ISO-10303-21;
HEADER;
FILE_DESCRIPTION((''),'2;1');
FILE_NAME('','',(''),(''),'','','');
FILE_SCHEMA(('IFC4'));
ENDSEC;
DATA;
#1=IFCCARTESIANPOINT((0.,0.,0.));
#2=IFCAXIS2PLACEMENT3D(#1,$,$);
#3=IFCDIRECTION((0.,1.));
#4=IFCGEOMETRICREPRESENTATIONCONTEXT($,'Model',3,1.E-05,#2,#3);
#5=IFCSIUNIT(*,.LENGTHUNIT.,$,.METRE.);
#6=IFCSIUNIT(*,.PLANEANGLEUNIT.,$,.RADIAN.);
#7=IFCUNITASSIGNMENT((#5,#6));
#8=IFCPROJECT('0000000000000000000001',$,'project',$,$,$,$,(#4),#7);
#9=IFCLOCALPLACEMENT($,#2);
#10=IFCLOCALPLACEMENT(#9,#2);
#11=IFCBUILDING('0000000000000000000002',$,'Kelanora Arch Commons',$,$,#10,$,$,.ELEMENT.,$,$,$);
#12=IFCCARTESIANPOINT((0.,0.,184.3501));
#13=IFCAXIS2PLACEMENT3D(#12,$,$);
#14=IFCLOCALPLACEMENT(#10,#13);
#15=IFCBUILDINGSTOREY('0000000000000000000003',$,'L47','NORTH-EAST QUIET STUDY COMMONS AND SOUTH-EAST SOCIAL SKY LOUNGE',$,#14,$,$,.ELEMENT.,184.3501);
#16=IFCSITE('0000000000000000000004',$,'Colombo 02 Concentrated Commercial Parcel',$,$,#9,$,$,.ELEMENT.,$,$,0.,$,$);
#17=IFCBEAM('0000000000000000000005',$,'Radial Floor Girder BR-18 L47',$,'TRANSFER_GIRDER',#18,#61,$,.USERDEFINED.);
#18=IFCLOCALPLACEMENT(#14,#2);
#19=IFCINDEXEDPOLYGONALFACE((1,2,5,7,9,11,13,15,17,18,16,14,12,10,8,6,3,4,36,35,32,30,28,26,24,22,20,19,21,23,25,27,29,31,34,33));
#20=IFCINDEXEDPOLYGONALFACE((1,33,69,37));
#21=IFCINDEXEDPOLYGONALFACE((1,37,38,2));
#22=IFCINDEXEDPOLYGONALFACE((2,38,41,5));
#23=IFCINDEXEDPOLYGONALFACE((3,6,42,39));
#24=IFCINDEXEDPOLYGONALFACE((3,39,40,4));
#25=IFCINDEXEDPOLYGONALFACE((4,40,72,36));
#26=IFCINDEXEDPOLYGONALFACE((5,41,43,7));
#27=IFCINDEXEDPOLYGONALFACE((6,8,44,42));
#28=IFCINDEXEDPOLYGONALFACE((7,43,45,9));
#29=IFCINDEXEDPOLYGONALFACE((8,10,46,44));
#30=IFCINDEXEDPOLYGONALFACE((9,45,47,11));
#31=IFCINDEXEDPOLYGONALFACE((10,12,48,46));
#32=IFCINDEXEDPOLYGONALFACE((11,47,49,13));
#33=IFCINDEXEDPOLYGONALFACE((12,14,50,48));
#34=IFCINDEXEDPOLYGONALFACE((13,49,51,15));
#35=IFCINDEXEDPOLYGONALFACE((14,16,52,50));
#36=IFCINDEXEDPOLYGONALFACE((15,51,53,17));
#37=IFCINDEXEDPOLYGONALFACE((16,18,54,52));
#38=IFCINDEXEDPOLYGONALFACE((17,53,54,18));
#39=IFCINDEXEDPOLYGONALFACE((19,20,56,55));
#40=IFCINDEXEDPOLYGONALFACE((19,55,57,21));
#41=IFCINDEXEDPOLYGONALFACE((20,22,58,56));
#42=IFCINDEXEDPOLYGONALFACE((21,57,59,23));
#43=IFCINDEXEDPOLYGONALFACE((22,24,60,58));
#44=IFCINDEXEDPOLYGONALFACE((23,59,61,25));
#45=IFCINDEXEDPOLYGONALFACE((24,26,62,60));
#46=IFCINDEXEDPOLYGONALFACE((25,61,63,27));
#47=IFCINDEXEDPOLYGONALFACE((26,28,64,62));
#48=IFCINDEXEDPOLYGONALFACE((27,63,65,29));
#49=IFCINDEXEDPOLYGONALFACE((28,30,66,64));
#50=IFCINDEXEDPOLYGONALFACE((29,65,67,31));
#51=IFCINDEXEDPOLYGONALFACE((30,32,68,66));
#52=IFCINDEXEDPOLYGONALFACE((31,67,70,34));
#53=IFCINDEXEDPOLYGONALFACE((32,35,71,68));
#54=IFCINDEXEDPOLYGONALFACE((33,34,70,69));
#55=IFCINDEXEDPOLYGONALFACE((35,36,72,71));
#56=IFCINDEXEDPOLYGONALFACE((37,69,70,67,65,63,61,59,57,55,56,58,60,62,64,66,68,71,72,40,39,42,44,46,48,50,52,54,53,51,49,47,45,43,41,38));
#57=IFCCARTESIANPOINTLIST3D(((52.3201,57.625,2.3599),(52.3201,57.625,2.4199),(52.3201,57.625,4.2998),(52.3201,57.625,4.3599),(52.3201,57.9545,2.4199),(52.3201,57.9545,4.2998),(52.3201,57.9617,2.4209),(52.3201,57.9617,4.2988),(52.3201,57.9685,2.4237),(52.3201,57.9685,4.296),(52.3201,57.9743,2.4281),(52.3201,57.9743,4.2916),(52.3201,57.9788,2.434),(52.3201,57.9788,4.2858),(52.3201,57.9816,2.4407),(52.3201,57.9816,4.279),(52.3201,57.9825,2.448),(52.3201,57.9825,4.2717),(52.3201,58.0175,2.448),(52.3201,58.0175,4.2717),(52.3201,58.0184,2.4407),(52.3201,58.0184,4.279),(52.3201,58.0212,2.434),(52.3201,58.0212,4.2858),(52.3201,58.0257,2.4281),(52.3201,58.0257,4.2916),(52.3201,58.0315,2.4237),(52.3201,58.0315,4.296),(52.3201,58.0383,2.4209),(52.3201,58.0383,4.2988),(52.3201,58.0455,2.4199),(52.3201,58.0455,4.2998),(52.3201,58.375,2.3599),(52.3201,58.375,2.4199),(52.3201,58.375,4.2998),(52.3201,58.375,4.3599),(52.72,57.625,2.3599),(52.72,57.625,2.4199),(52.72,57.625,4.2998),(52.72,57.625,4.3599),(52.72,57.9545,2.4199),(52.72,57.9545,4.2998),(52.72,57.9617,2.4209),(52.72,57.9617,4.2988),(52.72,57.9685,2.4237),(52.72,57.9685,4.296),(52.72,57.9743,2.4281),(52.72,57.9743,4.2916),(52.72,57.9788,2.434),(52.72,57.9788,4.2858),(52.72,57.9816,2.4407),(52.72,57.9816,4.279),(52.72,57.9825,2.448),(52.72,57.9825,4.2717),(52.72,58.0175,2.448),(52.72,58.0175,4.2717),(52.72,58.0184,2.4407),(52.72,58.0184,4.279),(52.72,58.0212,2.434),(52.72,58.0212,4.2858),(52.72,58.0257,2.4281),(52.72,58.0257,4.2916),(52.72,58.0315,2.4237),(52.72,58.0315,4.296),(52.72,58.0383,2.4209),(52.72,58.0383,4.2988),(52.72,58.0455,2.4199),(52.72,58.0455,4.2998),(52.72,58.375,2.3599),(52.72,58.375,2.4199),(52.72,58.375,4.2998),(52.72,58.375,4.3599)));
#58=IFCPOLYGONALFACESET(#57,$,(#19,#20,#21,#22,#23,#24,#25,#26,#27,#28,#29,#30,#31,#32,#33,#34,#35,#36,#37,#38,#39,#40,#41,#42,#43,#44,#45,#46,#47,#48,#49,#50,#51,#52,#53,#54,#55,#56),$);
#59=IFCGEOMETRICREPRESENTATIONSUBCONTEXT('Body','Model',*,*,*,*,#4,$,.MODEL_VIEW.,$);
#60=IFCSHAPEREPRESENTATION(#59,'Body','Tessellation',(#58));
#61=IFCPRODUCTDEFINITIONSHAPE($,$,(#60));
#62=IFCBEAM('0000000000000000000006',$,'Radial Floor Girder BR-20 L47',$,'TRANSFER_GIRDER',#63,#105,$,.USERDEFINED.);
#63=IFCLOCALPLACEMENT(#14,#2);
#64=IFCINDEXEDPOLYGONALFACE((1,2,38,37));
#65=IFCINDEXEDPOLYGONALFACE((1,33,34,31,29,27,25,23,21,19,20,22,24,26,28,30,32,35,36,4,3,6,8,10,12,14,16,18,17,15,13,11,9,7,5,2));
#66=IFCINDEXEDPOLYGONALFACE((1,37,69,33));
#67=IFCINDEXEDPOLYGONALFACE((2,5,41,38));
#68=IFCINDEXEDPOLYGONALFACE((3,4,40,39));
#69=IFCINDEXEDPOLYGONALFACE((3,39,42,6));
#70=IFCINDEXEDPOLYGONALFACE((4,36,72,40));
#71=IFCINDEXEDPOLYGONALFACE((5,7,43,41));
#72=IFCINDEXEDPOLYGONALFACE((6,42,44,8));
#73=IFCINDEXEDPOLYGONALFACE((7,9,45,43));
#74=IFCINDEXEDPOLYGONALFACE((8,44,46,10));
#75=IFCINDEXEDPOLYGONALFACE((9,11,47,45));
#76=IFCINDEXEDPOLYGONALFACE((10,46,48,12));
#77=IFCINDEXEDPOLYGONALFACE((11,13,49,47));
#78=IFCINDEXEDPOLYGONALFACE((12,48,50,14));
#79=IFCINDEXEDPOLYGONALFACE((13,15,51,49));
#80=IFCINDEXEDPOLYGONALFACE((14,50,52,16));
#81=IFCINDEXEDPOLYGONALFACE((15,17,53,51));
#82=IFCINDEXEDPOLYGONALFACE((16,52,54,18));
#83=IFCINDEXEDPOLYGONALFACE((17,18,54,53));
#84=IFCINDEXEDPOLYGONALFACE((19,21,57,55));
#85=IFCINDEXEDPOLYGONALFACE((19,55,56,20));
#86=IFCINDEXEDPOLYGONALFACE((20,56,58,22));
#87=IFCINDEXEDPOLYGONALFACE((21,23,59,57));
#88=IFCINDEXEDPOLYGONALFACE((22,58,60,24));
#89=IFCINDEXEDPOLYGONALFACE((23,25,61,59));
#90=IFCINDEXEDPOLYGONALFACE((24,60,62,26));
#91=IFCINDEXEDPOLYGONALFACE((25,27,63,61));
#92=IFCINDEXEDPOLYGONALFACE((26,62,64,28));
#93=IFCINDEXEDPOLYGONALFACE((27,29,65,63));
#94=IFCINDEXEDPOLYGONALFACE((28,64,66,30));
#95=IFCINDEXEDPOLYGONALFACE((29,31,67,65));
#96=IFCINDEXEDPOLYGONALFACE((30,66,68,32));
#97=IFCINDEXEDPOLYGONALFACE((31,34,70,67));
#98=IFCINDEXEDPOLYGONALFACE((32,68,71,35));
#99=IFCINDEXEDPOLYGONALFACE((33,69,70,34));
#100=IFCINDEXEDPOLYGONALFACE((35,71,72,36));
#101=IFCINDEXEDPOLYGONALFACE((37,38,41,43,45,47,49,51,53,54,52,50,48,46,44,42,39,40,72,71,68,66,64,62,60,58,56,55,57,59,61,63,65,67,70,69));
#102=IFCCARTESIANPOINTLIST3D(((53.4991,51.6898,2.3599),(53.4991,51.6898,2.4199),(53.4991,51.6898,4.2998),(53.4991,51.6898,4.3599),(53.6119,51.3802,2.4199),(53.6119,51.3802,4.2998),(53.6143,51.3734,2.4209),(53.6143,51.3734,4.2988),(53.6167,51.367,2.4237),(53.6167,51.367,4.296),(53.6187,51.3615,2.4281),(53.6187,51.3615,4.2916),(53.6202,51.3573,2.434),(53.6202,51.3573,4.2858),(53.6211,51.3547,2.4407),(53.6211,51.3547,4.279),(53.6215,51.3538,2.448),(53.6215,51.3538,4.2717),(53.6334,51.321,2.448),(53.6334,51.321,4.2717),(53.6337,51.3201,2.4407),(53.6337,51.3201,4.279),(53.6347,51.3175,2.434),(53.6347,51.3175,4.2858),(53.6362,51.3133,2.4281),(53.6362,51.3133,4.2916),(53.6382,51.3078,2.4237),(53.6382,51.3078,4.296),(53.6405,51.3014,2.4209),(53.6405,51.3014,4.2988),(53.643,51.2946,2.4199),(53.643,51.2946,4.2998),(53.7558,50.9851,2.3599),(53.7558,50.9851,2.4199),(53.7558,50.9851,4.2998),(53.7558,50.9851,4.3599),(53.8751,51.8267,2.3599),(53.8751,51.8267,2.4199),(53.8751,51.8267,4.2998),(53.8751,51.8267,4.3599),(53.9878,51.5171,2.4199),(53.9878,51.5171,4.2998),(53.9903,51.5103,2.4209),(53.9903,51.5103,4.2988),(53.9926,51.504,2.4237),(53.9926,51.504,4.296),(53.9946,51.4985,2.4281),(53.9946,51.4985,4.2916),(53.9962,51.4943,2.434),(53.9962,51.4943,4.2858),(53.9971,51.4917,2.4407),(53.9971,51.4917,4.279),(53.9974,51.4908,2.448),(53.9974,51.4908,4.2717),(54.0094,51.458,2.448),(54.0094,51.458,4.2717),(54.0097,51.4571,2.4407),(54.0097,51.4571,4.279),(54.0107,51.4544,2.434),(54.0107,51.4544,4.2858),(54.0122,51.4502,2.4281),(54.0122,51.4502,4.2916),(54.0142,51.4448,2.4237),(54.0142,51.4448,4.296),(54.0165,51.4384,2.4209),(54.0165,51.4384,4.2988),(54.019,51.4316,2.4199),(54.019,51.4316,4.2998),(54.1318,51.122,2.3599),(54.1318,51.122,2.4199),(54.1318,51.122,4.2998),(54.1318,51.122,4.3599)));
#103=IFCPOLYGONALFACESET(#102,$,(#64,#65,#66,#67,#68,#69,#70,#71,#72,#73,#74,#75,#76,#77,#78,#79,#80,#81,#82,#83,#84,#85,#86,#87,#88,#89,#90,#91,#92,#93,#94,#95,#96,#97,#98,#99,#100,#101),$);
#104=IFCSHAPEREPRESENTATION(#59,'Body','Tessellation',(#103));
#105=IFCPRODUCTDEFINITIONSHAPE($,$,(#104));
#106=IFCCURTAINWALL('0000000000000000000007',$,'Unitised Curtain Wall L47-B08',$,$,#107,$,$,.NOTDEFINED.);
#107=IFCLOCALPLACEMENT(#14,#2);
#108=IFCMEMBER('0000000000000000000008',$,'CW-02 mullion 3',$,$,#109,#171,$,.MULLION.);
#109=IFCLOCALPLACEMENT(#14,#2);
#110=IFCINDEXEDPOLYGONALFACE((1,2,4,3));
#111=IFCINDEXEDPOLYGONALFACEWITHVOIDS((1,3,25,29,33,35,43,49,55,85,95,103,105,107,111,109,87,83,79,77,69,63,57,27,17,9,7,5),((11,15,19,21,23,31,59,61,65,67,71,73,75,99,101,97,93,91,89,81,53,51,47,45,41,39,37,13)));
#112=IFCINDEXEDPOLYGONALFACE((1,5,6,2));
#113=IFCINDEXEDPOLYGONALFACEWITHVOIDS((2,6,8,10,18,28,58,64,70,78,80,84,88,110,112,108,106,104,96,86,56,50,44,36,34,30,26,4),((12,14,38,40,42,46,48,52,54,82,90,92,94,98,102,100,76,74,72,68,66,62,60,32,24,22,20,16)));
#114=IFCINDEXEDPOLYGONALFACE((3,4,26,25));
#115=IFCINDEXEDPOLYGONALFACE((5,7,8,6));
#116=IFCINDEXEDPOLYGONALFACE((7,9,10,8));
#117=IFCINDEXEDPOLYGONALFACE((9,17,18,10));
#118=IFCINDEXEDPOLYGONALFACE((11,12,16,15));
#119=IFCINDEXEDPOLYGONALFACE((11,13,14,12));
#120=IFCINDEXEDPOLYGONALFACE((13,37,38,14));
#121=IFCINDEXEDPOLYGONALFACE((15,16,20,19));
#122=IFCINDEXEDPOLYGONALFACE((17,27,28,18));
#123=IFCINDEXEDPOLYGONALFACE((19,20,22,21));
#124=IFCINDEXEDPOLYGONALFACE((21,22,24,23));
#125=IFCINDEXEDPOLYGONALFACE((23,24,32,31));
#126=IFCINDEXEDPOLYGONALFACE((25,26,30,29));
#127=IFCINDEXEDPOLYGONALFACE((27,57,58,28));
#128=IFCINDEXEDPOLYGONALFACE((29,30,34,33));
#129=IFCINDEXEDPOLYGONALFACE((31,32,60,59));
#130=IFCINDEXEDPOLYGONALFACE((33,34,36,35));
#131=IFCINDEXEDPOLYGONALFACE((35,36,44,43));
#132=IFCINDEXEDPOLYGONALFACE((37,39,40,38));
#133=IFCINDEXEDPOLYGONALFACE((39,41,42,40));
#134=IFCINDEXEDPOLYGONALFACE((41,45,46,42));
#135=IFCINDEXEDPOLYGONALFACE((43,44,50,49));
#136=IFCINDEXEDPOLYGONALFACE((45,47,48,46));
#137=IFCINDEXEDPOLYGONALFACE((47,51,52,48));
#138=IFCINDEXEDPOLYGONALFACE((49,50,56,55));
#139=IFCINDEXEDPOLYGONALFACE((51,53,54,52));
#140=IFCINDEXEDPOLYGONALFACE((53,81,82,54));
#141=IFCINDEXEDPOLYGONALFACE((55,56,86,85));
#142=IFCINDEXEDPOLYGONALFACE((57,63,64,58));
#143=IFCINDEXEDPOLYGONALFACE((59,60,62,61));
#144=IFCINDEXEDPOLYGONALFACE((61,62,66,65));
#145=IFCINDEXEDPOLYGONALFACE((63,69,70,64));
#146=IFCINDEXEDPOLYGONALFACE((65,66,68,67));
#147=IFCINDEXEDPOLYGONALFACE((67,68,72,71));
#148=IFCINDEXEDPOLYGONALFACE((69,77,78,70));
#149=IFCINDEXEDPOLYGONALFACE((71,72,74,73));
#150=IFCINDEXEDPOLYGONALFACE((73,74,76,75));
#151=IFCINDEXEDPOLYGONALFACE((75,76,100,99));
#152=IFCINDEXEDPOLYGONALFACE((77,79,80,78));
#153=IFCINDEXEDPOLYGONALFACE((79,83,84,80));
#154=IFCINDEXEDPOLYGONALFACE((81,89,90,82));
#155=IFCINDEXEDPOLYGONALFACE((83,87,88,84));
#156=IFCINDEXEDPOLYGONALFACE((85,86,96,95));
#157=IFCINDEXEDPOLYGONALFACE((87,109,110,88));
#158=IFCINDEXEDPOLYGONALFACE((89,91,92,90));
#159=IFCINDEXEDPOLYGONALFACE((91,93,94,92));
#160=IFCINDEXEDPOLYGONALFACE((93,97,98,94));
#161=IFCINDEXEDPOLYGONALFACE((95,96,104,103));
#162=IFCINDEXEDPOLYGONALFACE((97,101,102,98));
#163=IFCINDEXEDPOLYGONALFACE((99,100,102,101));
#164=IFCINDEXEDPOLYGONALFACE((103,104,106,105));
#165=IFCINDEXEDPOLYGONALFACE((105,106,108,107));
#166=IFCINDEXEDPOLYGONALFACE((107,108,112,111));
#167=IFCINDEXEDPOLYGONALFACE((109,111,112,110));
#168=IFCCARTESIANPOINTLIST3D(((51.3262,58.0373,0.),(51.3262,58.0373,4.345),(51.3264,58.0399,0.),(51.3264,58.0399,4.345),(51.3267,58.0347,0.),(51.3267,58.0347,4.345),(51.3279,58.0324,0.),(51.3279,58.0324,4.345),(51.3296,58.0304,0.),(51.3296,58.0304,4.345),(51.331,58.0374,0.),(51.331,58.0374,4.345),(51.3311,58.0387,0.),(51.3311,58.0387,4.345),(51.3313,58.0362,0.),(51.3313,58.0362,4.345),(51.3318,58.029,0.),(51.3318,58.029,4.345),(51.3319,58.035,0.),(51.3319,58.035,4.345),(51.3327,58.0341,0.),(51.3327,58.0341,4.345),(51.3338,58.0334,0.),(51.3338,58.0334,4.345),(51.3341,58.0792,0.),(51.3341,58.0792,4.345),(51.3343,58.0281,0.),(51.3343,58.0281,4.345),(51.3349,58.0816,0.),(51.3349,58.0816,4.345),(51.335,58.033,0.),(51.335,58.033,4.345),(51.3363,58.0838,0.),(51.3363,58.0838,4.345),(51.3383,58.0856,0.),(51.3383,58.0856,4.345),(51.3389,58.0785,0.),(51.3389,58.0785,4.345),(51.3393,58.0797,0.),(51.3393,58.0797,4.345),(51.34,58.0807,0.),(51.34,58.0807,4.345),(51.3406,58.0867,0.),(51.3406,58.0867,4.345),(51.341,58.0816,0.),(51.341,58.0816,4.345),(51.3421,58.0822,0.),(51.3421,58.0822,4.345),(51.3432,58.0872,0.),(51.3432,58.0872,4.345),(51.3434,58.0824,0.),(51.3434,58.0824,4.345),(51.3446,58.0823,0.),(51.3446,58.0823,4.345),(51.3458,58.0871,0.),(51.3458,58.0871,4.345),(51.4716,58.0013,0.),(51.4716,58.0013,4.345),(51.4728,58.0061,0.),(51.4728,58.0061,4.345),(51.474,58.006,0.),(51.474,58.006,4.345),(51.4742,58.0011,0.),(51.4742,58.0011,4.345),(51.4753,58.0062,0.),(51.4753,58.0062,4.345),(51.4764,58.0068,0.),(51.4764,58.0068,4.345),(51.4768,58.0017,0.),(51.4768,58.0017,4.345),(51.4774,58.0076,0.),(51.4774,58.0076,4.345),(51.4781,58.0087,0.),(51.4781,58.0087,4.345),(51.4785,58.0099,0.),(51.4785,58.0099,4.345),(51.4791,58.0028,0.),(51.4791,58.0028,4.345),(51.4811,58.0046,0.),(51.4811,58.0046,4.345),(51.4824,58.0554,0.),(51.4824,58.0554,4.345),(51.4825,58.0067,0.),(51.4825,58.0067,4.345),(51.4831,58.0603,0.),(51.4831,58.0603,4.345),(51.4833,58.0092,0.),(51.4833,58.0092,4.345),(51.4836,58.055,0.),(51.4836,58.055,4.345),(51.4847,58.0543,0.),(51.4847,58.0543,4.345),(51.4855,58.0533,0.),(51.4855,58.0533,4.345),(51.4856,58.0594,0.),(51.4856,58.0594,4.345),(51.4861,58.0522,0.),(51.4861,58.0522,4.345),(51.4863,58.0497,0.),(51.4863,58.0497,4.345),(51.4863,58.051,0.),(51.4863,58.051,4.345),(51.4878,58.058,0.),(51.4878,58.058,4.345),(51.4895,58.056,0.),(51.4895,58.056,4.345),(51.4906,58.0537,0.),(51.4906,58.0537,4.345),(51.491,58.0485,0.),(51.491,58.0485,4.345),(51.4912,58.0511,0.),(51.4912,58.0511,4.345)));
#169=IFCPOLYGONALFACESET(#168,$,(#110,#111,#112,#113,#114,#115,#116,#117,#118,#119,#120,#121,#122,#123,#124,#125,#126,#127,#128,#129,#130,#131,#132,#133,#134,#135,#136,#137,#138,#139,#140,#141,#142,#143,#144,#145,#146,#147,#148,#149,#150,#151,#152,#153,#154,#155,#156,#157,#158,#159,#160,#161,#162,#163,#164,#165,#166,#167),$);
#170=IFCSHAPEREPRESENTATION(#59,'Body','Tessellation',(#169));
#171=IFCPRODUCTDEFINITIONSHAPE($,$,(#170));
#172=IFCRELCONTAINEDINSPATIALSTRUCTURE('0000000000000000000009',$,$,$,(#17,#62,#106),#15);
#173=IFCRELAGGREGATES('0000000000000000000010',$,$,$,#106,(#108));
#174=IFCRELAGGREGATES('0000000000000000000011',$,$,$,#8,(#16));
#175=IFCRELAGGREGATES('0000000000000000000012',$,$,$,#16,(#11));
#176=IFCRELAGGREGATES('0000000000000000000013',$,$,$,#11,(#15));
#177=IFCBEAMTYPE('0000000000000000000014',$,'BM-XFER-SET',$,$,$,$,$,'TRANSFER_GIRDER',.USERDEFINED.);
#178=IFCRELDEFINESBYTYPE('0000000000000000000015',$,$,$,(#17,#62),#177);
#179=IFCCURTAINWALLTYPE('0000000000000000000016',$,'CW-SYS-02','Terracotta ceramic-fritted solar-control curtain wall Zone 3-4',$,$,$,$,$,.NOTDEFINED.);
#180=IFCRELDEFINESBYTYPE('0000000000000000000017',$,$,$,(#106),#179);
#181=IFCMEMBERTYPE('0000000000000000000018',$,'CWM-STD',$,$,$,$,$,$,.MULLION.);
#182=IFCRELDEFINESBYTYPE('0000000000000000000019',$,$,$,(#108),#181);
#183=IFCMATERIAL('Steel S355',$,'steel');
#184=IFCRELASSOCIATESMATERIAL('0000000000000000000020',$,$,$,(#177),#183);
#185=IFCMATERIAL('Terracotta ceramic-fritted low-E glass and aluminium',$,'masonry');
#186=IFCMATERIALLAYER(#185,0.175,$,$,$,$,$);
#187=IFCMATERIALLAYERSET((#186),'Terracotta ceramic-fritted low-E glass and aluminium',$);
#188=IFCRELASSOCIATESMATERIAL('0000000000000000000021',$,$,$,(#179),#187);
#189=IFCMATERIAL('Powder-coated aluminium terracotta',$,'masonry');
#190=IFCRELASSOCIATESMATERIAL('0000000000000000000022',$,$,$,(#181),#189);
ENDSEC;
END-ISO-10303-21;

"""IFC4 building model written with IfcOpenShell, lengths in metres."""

from ifc_helpers import new_model, si_unit, direction, frame, origin, origin_2d, place, context, subcontext, project, spatial, hollow_rectangle, i_section, extrude, material, layer, layer_set, material_profile, profile_set, type_object, element, aggregate, save


model = new_model("IFC4")

# Units and contexts
model_context = context("Model", 3, precision=1e-05, world=origin(), true_north=direction((0.0, 1.0)))
body_context = subcontext(model_context, "Body", "Model", "MODEL_VIEW")
ifc_project = project(units=[si_unit("LENGTHUNIT", "METRE"), si_unit("PLANEANGLEUNIT", "RADIAN")], contexts=[model_context])

# Site, building, storey
site_placement = place(None, origin())
site = spatial("IfcSite", under=ifc_project, at=site_placement, Name="Colombo 02 Concentrated Commercial Parcel", CompositionType="ELEMENT", RefElevation=0.0)
building_placement = place(site_placement, origin())
building = spatial("IfcBuilding", under=site, at=building_placement, Name="Kelanora Arch Commons", CompositionType="ELEMENT")
storey_placement = place(building_placement, frame((0.0, 0.0, 184.3501)))
storey = spatial("IfcBuildingStorey", under=building, at=storey_placement, Name="L47", Description="NORTH-EAST QUIET STUDY COMMONS AND SOUTH-EAST SOCIAL SKY LOUNGE", CompositionType="ELEMENT", Elevation=184.3501)

# Beams
ifc_material_1 = material(Name="Steel S355", Category="steel")
ifc_material_profile_1 = material_profile(ifc_material_1, i_section(OverallWidth=0.75, OverallDepth=2.0, WebThickness=0.0349, FlangeThickness=0.0601, FilletRadius=0.0281, at=origin_2d()), Name="PG2000x750")
ifc_profile_set_1 = profile_set([ifc_material_profile_1], Name="Steel S355")
beam_type_1 = type_object("IfcBeamType", Name="BM-XFER-SET", ElementType="TRANSFER_GIRDER", PredefinedType="USERDEFINED", material=ifc_profile_set_1)
beam_1_placement = place(storey_placement, frame((52.72, 58.0, 3.3599), z_axis=(-1.0, 0.0, 0.0), x_axis=(0.0, -1.0, 0.0)))
element("IfcBeam", 1, at=beam_1_placement, inside=storey, type_object=beam_type_1, Name="Radial Floor Girder BR-18 L47", ObjectType="TRANSFER_GIRDER", PredefinedType="USERDEFINED", context=body_context, shape_type="SweptSolid", body=[
    extrude(i_section(OverallWidth=0.75, OverallDepth=2.0, WebThickness=0.0349, FlangeThickness=0.0601, FilletRadius=0.0281, at=origin_2d()), origin(), (0.0, 0.0, 1.0), 0.3999),
])
beam_2_placement = place(storey_placement, frame((54.0034, 51.4744, 3.3599), z_axis=(-0.939597, -0.342282, 0.0), x_axis=(0.342282, -0.939597, 0.0)))
element("IfcBeam", 2, at=beam_2_placement, inside=storey, type_object=beam_type_1, Name="Radial Floor Girder BR-20 L47", ObjectType="TRANSFER_GIRDER", PredefinedType="USERDEFINED", context=body_context, shape_type="SweptSolid", body=[
    extrude(i_section(OverallWidth=0.75, OverallDepth=2.0, WebThickness=0.0349, FlangeThickness=0.0601, FilletRadius=0.0281, at=origin_2d()), origin(), (0.0, 0.0, 1.0), 0.4001),
])

# Curtain wall, member
ifc_material_2 = material(Name="Terracotta ceramic-fritted low-E glass and aluminium", Category="masonry")
ifc_layer_1 = layer(ifc_material_2, 0.175)
ifc_layer_set_1 = layer_set([ifc_layer_1], Name="Terracotta ceramic-fritted low-E glass and aluminium")
curtain_wall_type = type_object("IfcCurtainWallType", Name="CW-SYS-02", Description="Terracotta ceramic-fritted solar-control curtain wall Zone 3-4", PredefinedType="NOTDEFINED", material=ifc_layer_set_1)
curtain_wall_1_placement = place(storey_placement, origin())
curtain_wall_1 = element("IfcCurtainWall", 3, at=curtain_wall_1_placement, inside=storey, type_object=curtain_wall_type, Name="Unitised Curtain Wall L47-B08", PredefinedType="NOTDEFINED")
ifc_material_3 = material(Name="Powder-coated aluminium terracotta", Category="masonry")
ifc_material_profile_2 = material_profile(ifc_material_3, hollow_rectangle(XDim=0.1599, YDim=0.0601, WallThickness=0.0049, InnerFilletRadius=0.0049, OuterFilletRadius=0.01, at=origin_2d()), Name="CWM160x60")
ifc_profile_set_2 = profile_set([ifc_material_profile_2], Name="Powder-coated aluminium terracotta")
member_type_1 = type_object("IfcMemberType", Name="CWM-STD", PredefinedType="MULLION", material=ifc_profile_set_2)
member_1_placement = place(storey_placement, frame((51.4087, 58.0442, 0.0), z_axis=(0.0, 0.0, 1.0), x_axis=(0.981453, -0.191705, 0.0)))
member_1 = element("IfcMember", 4, at=member_1_placement, type_object=member_type_1, Name="CW-02 mullion 3", PredefinedType="MULLION", context=body_context, shape_type="SweptSolid", body=[
    extrude(hollow_rectangle(XDim=0.1599, YDim=0.0601, WallThickness=0.0049, InnerFilletRadius=0.0049, OuterFilletRadius=0.01, at=origin_2d()), origin(), (0.0, 0.0, 1.0), 4.345),
])
aggregate(curtain_wall_1, [member_1])

save(model, "model.ifc")
